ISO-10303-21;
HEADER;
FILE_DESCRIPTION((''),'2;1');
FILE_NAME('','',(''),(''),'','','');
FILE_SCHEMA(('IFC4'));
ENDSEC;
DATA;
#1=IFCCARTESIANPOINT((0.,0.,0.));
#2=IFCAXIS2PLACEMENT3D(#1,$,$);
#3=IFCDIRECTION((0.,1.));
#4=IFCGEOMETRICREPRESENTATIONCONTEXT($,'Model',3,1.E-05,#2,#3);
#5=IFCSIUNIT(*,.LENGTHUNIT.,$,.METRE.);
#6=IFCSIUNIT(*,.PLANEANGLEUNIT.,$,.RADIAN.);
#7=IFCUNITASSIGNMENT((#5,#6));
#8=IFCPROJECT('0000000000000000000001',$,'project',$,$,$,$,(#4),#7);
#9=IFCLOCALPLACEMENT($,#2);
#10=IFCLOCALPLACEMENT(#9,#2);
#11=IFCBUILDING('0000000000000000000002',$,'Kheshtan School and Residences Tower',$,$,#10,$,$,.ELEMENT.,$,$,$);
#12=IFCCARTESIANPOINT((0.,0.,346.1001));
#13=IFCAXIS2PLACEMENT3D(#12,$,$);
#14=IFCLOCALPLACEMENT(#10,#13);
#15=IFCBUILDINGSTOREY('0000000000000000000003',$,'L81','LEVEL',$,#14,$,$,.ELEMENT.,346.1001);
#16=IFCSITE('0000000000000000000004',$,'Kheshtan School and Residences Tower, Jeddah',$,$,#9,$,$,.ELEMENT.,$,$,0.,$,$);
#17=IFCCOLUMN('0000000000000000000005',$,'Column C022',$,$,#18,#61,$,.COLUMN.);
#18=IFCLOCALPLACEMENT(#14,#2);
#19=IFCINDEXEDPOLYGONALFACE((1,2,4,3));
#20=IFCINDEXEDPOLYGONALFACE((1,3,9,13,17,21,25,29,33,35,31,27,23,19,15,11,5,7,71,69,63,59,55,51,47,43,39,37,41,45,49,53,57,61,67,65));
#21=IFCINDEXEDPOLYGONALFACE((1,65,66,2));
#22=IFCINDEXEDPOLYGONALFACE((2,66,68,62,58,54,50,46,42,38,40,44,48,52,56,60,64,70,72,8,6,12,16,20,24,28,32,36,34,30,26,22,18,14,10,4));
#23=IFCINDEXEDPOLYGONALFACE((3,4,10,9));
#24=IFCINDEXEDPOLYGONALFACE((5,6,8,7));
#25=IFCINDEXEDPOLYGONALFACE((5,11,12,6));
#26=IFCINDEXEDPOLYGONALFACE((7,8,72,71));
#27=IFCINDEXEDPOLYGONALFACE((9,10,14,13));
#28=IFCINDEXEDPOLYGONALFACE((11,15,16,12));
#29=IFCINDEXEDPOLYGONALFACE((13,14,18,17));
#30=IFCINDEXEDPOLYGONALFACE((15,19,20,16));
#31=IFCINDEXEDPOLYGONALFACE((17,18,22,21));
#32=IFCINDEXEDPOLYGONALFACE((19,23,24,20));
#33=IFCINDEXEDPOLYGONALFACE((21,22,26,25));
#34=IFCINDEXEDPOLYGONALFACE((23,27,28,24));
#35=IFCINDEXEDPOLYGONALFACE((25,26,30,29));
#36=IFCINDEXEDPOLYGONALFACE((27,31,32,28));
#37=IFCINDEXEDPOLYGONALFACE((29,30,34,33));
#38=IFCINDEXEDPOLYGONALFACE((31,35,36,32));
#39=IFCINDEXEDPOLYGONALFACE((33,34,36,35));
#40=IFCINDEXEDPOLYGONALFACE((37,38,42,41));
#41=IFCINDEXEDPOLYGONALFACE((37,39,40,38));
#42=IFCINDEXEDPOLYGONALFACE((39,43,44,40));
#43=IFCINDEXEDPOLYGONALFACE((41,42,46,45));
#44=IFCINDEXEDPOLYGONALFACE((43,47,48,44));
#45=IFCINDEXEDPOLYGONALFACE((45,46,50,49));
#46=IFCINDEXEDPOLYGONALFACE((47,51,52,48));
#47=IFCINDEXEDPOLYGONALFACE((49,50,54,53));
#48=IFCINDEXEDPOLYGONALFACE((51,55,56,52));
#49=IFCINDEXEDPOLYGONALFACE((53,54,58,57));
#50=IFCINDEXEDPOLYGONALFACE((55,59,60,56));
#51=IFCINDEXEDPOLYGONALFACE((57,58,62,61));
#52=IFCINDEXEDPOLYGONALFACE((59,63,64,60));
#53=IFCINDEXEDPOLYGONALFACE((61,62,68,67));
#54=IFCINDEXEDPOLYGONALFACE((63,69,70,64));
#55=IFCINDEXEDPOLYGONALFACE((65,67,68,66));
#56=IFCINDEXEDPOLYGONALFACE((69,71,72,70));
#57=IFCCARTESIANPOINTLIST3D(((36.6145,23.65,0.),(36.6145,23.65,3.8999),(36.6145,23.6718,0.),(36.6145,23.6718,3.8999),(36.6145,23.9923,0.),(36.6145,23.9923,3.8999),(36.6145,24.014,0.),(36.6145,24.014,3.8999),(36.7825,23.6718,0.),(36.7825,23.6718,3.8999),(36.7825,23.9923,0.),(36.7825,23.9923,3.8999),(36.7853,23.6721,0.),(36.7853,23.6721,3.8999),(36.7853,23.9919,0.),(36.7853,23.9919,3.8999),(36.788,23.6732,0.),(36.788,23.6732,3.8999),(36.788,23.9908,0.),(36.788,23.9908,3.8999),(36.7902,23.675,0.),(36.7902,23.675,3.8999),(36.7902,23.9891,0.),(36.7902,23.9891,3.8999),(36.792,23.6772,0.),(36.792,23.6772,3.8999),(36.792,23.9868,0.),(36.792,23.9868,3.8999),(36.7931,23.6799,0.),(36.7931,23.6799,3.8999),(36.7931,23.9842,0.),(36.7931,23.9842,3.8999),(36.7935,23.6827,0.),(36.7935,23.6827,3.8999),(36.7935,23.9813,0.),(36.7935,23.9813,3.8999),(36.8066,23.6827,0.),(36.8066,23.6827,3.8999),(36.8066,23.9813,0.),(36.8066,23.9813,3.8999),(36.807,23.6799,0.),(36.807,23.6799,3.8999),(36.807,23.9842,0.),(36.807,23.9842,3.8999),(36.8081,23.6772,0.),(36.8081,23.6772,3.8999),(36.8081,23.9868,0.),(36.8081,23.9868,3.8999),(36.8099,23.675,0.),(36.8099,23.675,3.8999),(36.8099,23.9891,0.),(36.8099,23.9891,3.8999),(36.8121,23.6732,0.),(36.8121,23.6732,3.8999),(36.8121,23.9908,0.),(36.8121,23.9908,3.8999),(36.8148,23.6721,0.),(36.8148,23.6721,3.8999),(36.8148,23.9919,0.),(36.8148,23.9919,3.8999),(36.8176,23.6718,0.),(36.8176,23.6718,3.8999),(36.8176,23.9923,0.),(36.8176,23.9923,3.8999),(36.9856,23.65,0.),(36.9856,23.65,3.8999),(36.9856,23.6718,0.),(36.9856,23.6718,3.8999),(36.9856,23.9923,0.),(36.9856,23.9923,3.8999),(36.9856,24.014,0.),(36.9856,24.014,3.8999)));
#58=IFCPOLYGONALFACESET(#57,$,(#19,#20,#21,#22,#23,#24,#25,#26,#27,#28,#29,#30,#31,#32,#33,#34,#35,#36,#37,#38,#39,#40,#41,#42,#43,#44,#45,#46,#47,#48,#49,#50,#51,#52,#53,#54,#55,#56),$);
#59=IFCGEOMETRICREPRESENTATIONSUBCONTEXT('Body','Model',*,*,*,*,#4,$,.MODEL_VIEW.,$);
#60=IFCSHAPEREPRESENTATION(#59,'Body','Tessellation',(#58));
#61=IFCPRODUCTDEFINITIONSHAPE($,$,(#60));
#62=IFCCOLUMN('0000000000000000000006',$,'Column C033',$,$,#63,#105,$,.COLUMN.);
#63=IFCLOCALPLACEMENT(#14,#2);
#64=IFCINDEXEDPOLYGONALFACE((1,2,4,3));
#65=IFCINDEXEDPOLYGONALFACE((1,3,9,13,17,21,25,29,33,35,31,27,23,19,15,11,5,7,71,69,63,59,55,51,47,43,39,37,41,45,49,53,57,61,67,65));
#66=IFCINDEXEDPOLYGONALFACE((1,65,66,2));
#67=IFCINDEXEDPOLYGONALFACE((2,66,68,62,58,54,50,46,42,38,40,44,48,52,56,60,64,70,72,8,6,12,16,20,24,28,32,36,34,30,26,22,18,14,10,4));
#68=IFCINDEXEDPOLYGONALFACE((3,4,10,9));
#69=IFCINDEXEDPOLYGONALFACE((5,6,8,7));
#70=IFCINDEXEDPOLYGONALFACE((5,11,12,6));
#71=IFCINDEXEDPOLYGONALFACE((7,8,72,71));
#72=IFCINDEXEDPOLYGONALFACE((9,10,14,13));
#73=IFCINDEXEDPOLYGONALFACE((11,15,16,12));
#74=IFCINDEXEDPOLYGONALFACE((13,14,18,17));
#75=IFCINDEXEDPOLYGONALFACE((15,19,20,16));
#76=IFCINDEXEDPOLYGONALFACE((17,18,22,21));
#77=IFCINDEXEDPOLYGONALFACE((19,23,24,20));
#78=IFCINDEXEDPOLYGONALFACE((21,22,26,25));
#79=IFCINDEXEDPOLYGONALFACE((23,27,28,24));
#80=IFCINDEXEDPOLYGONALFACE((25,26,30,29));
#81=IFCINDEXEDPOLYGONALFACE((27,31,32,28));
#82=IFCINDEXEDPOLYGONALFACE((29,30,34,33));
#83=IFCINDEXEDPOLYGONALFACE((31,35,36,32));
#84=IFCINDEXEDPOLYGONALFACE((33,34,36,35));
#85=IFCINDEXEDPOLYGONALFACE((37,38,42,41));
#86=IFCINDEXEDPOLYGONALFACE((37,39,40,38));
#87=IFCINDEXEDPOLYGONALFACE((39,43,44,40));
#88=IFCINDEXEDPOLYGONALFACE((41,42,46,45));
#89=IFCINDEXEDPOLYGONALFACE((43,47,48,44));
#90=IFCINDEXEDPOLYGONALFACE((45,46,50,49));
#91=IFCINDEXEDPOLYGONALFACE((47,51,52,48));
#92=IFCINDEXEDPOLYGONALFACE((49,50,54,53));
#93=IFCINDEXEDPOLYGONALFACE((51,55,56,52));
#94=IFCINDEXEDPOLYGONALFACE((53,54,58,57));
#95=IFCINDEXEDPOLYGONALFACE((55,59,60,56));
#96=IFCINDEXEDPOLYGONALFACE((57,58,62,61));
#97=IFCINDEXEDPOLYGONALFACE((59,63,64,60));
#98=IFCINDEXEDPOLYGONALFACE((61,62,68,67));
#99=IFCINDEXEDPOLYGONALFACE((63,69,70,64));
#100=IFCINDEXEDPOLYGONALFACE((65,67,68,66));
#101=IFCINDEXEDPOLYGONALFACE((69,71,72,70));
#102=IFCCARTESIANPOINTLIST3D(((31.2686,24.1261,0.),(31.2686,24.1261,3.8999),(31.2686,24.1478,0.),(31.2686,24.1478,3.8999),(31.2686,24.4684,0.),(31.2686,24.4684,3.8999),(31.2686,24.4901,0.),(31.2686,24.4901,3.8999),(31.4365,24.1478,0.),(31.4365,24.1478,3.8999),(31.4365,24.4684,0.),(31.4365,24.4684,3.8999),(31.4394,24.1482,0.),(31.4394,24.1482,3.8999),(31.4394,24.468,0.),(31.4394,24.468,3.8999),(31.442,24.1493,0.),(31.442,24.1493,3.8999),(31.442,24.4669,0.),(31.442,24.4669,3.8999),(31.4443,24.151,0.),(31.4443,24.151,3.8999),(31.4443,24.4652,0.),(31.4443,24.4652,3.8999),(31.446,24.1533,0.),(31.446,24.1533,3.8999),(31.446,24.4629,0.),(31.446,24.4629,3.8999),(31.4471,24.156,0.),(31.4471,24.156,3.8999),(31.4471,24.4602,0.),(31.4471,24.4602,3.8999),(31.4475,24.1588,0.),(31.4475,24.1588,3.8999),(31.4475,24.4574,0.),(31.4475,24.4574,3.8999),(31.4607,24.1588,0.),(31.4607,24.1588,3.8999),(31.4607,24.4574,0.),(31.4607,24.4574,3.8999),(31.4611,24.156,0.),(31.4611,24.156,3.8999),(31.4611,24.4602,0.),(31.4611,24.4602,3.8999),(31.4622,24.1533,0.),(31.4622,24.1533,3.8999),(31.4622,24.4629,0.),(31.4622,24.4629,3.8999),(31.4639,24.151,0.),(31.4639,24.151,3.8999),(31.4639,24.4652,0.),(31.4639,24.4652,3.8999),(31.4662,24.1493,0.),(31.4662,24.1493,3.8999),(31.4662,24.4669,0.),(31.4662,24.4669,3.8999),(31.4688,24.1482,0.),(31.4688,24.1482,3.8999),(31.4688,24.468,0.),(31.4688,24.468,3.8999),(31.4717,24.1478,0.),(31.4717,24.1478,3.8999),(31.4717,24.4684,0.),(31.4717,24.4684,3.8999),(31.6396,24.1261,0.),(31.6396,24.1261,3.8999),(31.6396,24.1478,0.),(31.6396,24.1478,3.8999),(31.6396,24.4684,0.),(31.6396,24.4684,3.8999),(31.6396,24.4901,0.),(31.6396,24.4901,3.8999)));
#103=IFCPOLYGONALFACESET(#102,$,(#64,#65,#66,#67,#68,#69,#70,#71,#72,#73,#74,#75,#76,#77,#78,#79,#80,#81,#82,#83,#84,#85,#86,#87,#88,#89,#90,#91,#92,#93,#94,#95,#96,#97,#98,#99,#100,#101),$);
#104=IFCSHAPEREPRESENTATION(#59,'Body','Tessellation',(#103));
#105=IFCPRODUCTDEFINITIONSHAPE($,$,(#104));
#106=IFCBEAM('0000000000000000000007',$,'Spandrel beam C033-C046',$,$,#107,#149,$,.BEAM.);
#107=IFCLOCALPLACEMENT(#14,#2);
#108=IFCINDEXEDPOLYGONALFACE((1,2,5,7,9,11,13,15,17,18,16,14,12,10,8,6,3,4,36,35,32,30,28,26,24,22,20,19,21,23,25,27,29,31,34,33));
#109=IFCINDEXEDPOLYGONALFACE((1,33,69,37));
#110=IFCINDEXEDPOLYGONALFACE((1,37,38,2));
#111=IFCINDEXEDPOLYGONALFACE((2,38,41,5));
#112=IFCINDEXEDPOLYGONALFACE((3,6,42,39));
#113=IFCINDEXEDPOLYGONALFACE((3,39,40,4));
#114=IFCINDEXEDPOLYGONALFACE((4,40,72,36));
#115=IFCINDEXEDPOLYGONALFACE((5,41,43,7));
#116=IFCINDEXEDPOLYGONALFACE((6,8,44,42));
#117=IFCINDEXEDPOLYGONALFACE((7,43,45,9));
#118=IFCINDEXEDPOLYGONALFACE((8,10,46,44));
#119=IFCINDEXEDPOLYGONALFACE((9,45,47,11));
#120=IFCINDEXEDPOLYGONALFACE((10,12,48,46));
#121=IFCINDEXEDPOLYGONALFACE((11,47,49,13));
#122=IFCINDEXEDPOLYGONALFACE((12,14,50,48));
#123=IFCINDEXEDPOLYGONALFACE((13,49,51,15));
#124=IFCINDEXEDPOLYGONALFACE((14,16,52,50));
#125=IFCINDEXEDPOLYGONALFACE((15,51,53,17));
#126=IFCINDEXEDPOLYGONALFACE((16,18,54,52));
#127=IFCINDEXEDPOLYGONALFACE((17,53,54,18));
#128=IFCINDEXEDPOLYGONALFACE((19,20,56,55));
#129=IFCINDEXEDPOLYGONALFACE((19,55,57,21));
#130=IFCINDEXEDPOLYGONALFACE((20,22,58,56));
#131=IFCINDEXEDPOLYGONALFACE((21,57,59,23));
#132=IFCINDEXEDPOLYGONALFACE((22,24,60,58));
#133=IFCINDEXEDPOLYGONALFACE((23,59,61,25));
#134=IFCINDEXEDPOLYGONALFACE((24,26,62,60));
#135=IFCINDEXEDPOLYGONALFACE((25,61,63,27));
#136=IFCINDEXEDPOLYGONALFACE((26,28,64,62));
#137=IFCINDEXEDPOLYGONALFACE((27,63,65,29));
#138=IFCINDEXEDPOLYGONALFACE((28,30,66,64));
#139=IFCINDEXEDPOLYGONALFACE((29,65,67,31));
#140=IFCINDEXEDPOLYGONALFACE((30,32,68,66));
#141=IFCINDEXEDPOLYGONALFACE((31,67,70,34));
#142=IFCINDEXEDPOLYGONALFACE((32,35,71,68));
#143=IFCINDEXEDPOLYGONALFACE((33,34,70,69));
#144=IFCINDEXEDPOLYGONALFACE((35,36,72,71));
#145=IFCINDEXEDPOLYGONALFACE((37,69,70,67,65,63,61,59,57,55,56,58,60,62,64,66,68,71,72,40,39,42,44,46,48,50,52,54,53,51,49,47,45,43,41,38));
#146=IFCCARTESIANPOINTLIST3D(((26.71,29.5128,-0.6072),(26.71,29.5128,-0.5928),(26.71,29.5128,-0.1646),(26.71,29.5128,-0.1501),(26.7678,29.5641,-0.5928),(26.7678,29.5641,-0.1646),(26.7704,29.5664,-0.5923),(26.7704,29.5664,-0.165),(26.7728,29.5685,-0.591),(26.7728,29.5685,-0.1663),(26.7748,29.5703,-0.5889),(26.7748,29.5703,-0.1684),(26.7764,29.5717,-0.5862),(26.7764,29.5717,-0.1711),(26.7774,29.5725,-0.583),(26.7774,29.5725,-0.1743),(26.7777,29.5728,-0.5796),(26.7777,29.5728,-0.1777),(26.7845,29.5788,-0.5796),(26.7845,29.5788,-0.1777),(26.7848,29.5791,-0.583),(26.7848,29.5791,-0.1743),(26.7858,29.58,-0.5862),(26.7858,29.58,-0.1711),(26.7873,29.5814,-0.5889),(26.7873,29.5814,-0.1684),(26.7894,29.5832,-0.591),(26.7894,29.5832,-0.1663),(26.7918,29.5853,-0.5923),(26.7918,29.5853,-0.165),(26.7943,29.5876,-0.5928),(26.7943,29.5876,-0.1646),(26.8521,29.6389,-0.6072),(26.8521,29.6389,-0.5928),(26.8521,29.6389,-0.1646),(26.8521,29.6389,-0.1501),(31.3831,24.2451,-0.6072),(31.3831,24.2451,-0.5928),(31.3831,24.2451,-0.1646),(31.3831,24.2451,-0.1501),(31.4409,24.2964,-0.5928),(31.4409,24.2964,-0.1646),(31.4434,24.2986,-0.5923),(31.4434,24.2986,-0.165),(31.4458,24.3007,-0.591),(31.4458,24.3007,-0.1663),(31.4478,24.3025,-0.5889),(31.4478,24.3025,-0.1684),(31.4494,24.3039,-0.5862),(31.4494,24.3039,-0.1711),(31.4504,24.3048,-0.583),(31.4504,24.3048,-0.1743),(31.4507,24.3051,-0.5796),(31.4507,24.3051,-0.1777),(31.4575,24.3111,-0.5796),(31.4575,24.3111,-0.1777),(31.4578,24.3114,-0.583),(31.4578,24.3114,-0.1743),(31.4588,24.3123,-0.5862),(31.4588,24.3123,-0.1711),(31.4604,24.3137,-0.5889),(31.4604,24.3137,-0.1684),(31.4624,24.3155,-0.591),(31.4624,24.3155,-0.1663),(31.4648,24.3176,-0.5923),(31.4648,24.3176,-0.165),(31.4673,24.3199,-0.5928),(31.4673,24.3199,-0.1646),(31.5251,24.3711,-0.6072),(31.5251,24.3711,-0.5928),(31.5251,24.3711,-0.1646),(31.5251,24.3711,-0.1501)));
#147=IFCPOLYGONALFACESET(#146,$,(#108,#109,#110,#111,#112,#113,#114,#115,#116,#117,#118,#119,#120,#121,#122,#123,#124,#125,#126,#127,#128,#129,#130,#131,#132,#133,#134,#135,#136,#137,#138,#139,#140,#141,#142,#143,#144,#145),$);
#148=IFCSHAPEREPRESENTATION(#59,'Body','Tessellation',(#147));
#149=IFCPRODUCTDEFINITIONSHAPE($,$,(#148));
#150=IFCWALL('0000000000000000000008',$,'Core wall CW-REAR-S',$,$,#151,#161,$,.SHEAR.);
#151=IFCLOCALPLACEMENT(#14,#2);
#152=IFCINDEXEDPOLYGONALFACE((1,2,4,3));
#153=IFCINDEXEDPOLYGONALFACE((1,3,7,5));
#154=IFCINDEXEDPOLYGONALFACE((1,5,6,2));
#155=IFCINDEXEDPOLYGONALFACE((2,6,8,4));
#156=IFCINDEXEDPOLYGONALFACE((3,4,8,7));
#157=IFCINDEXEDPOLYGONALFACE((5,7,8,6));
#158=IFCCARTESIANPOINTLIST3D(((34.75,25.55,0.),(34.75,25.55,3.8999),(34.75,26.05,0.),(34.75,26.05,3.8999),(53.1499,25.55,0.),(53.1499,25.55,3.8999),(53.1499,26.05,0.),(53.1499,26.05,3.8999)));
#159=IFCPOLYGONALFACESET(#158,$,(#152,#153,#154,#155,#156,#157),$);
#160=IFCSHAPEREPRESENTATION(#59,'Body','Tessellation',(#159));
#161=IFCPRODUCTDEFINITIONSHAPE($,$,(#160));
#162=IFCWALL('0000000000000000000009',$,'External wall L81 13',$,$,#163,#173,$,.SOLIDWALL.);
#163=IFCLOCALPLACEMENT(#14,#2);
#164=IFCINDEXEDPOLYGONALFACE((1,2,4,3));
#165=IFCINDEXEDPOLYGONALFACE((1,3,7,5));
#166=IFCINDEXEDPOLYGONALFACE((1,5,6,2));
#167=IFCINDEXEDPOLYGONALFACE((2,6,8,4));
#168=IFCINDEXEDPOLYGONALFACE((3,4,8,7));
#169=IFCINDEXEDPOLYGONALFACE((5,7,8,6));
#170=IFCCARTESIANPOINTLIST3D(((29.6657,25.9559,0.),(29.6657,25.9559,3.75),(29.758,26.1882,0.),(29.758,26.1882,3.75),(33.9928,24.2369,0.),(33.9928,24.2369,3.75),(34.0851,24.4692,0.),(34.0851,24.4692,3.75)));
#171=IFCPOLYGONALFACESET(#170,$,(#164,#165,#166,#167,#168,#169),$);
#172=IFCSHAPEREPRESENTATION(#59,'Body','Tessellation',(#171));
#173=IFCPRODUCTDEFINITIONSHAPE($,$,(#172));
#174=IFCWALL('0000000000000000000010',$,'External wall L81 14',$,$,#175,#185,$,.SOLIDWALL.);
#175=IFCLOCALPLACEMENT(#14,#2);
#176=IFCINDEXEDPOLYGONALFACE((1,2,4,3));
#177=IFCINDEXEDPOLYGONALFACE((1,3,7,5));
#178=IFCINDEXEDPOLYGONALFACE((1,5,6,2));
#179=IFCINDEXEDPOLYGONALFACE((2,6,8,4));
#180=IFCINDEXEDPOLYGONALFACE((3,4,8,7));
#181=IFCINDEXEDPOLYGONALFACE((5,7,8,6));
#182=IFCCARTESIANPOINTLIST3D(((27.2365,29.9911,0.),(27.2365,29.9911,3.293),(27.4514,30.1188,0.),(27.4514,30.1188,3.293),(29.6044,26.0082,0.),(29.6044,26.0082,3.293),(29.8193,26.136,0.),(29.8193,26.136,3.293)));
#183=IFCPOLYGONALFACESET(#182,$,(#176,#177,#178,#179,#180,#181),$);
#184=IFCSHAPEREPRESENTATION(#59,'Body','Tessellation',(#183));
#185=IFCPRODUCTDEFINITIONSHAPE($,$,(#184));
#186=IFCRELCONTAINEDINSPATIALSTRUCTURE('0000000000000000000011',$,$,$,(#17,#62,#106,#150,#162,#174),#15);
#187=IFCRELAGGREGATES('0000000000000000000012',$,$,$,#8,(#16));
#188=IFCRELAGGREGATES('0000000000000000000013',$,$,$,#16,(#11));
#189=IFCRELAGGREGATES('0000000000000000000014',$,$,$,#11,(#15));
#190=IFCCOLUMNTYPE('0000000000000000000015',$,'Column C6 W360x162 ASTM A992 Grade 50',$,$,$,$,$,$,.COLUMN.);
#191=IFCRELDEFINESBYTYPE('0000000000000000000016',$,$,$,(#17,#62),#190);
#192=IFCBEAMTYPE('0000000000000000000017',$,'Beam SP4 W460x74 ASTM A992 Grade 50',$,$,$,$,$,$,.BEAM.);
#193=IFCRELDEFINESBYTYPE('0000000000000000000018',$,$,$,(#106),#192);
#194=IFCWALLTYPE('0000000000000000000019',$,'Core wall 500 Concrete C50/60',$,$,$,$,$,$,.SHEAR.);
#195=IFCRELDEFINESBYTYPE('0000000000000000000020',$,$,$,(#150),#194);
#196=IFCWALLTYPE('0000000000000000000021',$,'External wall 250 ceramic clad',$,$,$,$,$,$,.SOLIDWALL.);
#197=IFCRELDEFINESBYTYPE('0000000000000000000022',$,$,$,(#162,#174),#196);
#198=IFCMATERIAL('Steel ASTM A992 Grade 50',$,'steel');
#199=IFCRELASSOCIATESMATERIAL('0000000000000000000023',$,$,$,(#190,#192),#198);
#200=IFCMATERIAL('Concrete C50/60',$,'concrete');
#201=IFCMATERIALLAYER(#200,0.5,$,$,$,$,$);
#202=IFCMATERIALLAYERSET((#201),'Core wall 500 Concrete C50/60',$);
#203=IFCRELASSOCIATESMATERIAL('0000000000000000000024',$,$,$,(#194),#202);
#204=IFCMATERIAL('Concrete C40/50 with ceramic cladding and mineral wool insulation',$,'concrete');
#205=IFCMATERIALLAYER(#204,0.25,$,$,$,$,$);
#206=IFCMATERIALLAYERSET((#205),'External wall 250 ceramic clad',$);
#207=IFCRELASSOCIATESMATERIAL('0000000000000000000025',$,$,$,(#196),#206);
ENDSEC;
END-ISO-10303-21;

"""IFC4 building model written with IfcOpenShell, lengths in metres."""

from ifc_helpers import new_model, si_unit, direction, frame, frame_2d, origin, origin_2d, place, context, subcontext, project, spatial, rectangle, i_section, extrude, material, layer, layer_set, material_profile, profile_set, type_object, element, save


model = new_model("IFC4")

# Units and contexts
model_context = context("Model", 3, precision=1e-05, world=origin(), true_north=direction((0.0, 1.0)))
body_context = subcontext(model_context, "Body", "Model", "MODEL_VIEW")
ifc_project = project(units=[si_unit("LENGTHUNIT", "METRE"), si_unit("PLANEANGLEUNIT", "RADIAN")], contexts=[model_context])

# Site, building, storey
site_placement = place(None, origin())
site = spatial("IfcSite", under=ifc_project, at=site_placement, Name="Kheshtan School and Residences Tower, Jeddah", CompositionType="ELEMENT", RefElevation=0.0)
building_placement = place(site_placement, origin())
building = spatial("IfcBuilding", under=site, at=building_placement, Name="Kheshtan School and Residences Tower", CompositionType="ELEMENT")
storey_placement = place(building_placement, frame((0.0, 0.0, 346.1001)))
storey = spatial("IfcBuildingStorey", under=building, at=storey_placement, Name="L81", Description="LEVEL", CompositionType="ELEMENT", Elevation=346.1001)

# Columns
ifc_material_1 = material(Name="Steel ASTM A992 Grade 50", Category="steel")
ifc_material_profile_1 = material_profile(ifc_material_1, i_section(OverallWidth=0.3711, OverallDepth=0.364, WebThickness=0.0132, FlangeThickness=0.0217, FilletRadius=0.011, at=origin_2d()), Name="W360x162")
ifc_profile_set_1 = profile_set([ifc_material_profile_1], Name="Steel ASTM A992 Grade 50")
column_type = type_object("IfcColumnType", Name="Column C6 W360x162 ASTM A992 Grade 50", PredefinedType="COLUMN", material=ifc_profile_set_1)
for number, where, z_axis, x_axis, name in (
    (1, (36.8, 23.832, 0.0), (0.0, 0.0, 1.0), (1.0, 0.0, 0.0), "Column C022"),
    (2, (31.4541, 24.3081, 0.0), (0.0, 0.0, 1.0), (1.0, 0.0, 0.0), "Column C033"),
):
    element("IfcColumn", number, at=place(storey_placement, frame(where, z_axis=z_axis, x_axis=x_axis)), inside=storey, type_object=column_type, Name=name, PredefinedType="COLUMN", context=body_context, shape_type="SweptSolid", body=[
        extrude(i_section(OverallWidth=0.3711, OverallDepth=0.364, WebThickness=0.0132, FlangeThickness=0.0217, FilletRadius=0.011, at=origin_2d()), origin(), (0.0, 0.0, 1.0), 3.8999),
    ])

# Beam
ifc_material_profile_2 = material_profile(ifc_material_1, i_section(OverallWidth=0.1899, OverallDepth=0.457, WebThickness=0.009, FlangeThickness=0.0144, FilletRadius=0.0132, at=origin_2d()), Name="W460x74")
ifc_profile_set_2 = profile_set([ifc_material_profile_2], Name="Steel ASTM A992 Grade 50")
beam_type = type_object("IfcBeamType", Name="Beam SP4 W460x74 ASTM A992 Grade 50", PredefinedType="BEAM", material=ifc_profile_set_2)
beam_placement = place(storey_placement, frame((31.4541, 24.3081, -0.3787), z_axis=(-0.663617, 0.748073, 0.0), x_axis=(-0.748073, -0.663617, 0.0)))
element("IfcBeam", 3, at=beam_placement, inside=storey, type_object=beam_type, Name="Spandrel beam C033-C046", PredefinedType="BEAM", context=body_context, shape_type="SweptSolid", body=[
    extrude(i_section(OverallWidth=0.1899, OverallDepth=0.457, WebThickness=0.009, FlangeThickness=0.0144, FilletRadius=0.0132, at=origin_2d()), origin(), (0.0, 0.0, 1.0), 7.0417),
])

# Walls
ifc_material_2 = material(Name="Concrete C50/60", Category="concrete")
ifc_layer_1 = layer(ifc_material_2, 0.5)
ifc_layer_set_1 = layer_set([ifc_layer_1], Name="Core wall 500 Concrete C50/60")
wall_type_1 = type_object("IfcWallType", Name="Core wall 500 Concrete C50/60", PredefinedType="SHEAR", material=ifc_layer_set_1)
wall_1_placement = place(storey_placement, frame((34.75, 25.8, 0.0), z_axis=(0.0, 0.0, 1.0), x_axis=(1.0, 0.0, 0.0)))
element("IfcWall", 4, at=wall_1_placement, inside=storey, type_object=wall_type_1, Name="Core wall CW-REAR-S", PredefinedType="SHEAR", context=body_context, shape_type="SweptSolid", body=[
    extrude(rectangle(XDim=18.3999, YDim=0.5, at=frame_2d((9.2, 0.0))), origin(), (0.0, 0.0, 1.0), 3.8999),
])
ifc_material_3 = material(Name="Concrete C40/50 with ceramic cladding and mineral wool insulation", Category="concrete")
ifc_layer_2 = layer(ifc_material_3, 0.25)
ifc_layer_set_2 = layer_set([ifc_layer_2], Name="External wall 250 ceramic clad")
wall_type_2 = type_object("IfcWallType", Name="External wall 250 ceramic clad", PredefinedType="SOLIDWALL", material=ifc_layer_set_2)
wall_2_placement = place(storey_placement, frame((34.0391, 24.353, 0.0), z_axis=(0.0, 0.0, 1.0), x_axis=(-0.929353, 0.369193, 0.0)))
element("IfcWall", 5, at=wall_2_placement, inside=storey, type_object=wall_type_2, Name="External wall L81 13", PredefinedType="SOLIDWALL", context=body_context, shape_type="SweptSolid", body=[
    extrude(rectangle(XDim=4.656, YDim=0.25, at=frame_2d((2.3281, 0.0))), origin(), (0.0, 0.0, 1.0), 3.75),
])
wall_3_placement = place(storey_placement, frame((29.7119, 26.072, 0.0), z_axis=(0.0, 0.0, 1.0), x_axis=(-0.511028, 0.859564, 0.0)))
element("IfcWall", 6, at=wall_3_placement, inside=storey, type_object=wall_type_2, Name="External wall L81 14", PredefinedType="SOLIDWALL", context=body_context, shape_type="SweptSolid", body=[
    extrude(rectangle(XDim=4.6335, YDim=0.25, at=frame_2d((2.3169, 0.0))), origin(), (0.0, 0.0, 1.0), 3.293),
])

save(model, "model.ifc")
